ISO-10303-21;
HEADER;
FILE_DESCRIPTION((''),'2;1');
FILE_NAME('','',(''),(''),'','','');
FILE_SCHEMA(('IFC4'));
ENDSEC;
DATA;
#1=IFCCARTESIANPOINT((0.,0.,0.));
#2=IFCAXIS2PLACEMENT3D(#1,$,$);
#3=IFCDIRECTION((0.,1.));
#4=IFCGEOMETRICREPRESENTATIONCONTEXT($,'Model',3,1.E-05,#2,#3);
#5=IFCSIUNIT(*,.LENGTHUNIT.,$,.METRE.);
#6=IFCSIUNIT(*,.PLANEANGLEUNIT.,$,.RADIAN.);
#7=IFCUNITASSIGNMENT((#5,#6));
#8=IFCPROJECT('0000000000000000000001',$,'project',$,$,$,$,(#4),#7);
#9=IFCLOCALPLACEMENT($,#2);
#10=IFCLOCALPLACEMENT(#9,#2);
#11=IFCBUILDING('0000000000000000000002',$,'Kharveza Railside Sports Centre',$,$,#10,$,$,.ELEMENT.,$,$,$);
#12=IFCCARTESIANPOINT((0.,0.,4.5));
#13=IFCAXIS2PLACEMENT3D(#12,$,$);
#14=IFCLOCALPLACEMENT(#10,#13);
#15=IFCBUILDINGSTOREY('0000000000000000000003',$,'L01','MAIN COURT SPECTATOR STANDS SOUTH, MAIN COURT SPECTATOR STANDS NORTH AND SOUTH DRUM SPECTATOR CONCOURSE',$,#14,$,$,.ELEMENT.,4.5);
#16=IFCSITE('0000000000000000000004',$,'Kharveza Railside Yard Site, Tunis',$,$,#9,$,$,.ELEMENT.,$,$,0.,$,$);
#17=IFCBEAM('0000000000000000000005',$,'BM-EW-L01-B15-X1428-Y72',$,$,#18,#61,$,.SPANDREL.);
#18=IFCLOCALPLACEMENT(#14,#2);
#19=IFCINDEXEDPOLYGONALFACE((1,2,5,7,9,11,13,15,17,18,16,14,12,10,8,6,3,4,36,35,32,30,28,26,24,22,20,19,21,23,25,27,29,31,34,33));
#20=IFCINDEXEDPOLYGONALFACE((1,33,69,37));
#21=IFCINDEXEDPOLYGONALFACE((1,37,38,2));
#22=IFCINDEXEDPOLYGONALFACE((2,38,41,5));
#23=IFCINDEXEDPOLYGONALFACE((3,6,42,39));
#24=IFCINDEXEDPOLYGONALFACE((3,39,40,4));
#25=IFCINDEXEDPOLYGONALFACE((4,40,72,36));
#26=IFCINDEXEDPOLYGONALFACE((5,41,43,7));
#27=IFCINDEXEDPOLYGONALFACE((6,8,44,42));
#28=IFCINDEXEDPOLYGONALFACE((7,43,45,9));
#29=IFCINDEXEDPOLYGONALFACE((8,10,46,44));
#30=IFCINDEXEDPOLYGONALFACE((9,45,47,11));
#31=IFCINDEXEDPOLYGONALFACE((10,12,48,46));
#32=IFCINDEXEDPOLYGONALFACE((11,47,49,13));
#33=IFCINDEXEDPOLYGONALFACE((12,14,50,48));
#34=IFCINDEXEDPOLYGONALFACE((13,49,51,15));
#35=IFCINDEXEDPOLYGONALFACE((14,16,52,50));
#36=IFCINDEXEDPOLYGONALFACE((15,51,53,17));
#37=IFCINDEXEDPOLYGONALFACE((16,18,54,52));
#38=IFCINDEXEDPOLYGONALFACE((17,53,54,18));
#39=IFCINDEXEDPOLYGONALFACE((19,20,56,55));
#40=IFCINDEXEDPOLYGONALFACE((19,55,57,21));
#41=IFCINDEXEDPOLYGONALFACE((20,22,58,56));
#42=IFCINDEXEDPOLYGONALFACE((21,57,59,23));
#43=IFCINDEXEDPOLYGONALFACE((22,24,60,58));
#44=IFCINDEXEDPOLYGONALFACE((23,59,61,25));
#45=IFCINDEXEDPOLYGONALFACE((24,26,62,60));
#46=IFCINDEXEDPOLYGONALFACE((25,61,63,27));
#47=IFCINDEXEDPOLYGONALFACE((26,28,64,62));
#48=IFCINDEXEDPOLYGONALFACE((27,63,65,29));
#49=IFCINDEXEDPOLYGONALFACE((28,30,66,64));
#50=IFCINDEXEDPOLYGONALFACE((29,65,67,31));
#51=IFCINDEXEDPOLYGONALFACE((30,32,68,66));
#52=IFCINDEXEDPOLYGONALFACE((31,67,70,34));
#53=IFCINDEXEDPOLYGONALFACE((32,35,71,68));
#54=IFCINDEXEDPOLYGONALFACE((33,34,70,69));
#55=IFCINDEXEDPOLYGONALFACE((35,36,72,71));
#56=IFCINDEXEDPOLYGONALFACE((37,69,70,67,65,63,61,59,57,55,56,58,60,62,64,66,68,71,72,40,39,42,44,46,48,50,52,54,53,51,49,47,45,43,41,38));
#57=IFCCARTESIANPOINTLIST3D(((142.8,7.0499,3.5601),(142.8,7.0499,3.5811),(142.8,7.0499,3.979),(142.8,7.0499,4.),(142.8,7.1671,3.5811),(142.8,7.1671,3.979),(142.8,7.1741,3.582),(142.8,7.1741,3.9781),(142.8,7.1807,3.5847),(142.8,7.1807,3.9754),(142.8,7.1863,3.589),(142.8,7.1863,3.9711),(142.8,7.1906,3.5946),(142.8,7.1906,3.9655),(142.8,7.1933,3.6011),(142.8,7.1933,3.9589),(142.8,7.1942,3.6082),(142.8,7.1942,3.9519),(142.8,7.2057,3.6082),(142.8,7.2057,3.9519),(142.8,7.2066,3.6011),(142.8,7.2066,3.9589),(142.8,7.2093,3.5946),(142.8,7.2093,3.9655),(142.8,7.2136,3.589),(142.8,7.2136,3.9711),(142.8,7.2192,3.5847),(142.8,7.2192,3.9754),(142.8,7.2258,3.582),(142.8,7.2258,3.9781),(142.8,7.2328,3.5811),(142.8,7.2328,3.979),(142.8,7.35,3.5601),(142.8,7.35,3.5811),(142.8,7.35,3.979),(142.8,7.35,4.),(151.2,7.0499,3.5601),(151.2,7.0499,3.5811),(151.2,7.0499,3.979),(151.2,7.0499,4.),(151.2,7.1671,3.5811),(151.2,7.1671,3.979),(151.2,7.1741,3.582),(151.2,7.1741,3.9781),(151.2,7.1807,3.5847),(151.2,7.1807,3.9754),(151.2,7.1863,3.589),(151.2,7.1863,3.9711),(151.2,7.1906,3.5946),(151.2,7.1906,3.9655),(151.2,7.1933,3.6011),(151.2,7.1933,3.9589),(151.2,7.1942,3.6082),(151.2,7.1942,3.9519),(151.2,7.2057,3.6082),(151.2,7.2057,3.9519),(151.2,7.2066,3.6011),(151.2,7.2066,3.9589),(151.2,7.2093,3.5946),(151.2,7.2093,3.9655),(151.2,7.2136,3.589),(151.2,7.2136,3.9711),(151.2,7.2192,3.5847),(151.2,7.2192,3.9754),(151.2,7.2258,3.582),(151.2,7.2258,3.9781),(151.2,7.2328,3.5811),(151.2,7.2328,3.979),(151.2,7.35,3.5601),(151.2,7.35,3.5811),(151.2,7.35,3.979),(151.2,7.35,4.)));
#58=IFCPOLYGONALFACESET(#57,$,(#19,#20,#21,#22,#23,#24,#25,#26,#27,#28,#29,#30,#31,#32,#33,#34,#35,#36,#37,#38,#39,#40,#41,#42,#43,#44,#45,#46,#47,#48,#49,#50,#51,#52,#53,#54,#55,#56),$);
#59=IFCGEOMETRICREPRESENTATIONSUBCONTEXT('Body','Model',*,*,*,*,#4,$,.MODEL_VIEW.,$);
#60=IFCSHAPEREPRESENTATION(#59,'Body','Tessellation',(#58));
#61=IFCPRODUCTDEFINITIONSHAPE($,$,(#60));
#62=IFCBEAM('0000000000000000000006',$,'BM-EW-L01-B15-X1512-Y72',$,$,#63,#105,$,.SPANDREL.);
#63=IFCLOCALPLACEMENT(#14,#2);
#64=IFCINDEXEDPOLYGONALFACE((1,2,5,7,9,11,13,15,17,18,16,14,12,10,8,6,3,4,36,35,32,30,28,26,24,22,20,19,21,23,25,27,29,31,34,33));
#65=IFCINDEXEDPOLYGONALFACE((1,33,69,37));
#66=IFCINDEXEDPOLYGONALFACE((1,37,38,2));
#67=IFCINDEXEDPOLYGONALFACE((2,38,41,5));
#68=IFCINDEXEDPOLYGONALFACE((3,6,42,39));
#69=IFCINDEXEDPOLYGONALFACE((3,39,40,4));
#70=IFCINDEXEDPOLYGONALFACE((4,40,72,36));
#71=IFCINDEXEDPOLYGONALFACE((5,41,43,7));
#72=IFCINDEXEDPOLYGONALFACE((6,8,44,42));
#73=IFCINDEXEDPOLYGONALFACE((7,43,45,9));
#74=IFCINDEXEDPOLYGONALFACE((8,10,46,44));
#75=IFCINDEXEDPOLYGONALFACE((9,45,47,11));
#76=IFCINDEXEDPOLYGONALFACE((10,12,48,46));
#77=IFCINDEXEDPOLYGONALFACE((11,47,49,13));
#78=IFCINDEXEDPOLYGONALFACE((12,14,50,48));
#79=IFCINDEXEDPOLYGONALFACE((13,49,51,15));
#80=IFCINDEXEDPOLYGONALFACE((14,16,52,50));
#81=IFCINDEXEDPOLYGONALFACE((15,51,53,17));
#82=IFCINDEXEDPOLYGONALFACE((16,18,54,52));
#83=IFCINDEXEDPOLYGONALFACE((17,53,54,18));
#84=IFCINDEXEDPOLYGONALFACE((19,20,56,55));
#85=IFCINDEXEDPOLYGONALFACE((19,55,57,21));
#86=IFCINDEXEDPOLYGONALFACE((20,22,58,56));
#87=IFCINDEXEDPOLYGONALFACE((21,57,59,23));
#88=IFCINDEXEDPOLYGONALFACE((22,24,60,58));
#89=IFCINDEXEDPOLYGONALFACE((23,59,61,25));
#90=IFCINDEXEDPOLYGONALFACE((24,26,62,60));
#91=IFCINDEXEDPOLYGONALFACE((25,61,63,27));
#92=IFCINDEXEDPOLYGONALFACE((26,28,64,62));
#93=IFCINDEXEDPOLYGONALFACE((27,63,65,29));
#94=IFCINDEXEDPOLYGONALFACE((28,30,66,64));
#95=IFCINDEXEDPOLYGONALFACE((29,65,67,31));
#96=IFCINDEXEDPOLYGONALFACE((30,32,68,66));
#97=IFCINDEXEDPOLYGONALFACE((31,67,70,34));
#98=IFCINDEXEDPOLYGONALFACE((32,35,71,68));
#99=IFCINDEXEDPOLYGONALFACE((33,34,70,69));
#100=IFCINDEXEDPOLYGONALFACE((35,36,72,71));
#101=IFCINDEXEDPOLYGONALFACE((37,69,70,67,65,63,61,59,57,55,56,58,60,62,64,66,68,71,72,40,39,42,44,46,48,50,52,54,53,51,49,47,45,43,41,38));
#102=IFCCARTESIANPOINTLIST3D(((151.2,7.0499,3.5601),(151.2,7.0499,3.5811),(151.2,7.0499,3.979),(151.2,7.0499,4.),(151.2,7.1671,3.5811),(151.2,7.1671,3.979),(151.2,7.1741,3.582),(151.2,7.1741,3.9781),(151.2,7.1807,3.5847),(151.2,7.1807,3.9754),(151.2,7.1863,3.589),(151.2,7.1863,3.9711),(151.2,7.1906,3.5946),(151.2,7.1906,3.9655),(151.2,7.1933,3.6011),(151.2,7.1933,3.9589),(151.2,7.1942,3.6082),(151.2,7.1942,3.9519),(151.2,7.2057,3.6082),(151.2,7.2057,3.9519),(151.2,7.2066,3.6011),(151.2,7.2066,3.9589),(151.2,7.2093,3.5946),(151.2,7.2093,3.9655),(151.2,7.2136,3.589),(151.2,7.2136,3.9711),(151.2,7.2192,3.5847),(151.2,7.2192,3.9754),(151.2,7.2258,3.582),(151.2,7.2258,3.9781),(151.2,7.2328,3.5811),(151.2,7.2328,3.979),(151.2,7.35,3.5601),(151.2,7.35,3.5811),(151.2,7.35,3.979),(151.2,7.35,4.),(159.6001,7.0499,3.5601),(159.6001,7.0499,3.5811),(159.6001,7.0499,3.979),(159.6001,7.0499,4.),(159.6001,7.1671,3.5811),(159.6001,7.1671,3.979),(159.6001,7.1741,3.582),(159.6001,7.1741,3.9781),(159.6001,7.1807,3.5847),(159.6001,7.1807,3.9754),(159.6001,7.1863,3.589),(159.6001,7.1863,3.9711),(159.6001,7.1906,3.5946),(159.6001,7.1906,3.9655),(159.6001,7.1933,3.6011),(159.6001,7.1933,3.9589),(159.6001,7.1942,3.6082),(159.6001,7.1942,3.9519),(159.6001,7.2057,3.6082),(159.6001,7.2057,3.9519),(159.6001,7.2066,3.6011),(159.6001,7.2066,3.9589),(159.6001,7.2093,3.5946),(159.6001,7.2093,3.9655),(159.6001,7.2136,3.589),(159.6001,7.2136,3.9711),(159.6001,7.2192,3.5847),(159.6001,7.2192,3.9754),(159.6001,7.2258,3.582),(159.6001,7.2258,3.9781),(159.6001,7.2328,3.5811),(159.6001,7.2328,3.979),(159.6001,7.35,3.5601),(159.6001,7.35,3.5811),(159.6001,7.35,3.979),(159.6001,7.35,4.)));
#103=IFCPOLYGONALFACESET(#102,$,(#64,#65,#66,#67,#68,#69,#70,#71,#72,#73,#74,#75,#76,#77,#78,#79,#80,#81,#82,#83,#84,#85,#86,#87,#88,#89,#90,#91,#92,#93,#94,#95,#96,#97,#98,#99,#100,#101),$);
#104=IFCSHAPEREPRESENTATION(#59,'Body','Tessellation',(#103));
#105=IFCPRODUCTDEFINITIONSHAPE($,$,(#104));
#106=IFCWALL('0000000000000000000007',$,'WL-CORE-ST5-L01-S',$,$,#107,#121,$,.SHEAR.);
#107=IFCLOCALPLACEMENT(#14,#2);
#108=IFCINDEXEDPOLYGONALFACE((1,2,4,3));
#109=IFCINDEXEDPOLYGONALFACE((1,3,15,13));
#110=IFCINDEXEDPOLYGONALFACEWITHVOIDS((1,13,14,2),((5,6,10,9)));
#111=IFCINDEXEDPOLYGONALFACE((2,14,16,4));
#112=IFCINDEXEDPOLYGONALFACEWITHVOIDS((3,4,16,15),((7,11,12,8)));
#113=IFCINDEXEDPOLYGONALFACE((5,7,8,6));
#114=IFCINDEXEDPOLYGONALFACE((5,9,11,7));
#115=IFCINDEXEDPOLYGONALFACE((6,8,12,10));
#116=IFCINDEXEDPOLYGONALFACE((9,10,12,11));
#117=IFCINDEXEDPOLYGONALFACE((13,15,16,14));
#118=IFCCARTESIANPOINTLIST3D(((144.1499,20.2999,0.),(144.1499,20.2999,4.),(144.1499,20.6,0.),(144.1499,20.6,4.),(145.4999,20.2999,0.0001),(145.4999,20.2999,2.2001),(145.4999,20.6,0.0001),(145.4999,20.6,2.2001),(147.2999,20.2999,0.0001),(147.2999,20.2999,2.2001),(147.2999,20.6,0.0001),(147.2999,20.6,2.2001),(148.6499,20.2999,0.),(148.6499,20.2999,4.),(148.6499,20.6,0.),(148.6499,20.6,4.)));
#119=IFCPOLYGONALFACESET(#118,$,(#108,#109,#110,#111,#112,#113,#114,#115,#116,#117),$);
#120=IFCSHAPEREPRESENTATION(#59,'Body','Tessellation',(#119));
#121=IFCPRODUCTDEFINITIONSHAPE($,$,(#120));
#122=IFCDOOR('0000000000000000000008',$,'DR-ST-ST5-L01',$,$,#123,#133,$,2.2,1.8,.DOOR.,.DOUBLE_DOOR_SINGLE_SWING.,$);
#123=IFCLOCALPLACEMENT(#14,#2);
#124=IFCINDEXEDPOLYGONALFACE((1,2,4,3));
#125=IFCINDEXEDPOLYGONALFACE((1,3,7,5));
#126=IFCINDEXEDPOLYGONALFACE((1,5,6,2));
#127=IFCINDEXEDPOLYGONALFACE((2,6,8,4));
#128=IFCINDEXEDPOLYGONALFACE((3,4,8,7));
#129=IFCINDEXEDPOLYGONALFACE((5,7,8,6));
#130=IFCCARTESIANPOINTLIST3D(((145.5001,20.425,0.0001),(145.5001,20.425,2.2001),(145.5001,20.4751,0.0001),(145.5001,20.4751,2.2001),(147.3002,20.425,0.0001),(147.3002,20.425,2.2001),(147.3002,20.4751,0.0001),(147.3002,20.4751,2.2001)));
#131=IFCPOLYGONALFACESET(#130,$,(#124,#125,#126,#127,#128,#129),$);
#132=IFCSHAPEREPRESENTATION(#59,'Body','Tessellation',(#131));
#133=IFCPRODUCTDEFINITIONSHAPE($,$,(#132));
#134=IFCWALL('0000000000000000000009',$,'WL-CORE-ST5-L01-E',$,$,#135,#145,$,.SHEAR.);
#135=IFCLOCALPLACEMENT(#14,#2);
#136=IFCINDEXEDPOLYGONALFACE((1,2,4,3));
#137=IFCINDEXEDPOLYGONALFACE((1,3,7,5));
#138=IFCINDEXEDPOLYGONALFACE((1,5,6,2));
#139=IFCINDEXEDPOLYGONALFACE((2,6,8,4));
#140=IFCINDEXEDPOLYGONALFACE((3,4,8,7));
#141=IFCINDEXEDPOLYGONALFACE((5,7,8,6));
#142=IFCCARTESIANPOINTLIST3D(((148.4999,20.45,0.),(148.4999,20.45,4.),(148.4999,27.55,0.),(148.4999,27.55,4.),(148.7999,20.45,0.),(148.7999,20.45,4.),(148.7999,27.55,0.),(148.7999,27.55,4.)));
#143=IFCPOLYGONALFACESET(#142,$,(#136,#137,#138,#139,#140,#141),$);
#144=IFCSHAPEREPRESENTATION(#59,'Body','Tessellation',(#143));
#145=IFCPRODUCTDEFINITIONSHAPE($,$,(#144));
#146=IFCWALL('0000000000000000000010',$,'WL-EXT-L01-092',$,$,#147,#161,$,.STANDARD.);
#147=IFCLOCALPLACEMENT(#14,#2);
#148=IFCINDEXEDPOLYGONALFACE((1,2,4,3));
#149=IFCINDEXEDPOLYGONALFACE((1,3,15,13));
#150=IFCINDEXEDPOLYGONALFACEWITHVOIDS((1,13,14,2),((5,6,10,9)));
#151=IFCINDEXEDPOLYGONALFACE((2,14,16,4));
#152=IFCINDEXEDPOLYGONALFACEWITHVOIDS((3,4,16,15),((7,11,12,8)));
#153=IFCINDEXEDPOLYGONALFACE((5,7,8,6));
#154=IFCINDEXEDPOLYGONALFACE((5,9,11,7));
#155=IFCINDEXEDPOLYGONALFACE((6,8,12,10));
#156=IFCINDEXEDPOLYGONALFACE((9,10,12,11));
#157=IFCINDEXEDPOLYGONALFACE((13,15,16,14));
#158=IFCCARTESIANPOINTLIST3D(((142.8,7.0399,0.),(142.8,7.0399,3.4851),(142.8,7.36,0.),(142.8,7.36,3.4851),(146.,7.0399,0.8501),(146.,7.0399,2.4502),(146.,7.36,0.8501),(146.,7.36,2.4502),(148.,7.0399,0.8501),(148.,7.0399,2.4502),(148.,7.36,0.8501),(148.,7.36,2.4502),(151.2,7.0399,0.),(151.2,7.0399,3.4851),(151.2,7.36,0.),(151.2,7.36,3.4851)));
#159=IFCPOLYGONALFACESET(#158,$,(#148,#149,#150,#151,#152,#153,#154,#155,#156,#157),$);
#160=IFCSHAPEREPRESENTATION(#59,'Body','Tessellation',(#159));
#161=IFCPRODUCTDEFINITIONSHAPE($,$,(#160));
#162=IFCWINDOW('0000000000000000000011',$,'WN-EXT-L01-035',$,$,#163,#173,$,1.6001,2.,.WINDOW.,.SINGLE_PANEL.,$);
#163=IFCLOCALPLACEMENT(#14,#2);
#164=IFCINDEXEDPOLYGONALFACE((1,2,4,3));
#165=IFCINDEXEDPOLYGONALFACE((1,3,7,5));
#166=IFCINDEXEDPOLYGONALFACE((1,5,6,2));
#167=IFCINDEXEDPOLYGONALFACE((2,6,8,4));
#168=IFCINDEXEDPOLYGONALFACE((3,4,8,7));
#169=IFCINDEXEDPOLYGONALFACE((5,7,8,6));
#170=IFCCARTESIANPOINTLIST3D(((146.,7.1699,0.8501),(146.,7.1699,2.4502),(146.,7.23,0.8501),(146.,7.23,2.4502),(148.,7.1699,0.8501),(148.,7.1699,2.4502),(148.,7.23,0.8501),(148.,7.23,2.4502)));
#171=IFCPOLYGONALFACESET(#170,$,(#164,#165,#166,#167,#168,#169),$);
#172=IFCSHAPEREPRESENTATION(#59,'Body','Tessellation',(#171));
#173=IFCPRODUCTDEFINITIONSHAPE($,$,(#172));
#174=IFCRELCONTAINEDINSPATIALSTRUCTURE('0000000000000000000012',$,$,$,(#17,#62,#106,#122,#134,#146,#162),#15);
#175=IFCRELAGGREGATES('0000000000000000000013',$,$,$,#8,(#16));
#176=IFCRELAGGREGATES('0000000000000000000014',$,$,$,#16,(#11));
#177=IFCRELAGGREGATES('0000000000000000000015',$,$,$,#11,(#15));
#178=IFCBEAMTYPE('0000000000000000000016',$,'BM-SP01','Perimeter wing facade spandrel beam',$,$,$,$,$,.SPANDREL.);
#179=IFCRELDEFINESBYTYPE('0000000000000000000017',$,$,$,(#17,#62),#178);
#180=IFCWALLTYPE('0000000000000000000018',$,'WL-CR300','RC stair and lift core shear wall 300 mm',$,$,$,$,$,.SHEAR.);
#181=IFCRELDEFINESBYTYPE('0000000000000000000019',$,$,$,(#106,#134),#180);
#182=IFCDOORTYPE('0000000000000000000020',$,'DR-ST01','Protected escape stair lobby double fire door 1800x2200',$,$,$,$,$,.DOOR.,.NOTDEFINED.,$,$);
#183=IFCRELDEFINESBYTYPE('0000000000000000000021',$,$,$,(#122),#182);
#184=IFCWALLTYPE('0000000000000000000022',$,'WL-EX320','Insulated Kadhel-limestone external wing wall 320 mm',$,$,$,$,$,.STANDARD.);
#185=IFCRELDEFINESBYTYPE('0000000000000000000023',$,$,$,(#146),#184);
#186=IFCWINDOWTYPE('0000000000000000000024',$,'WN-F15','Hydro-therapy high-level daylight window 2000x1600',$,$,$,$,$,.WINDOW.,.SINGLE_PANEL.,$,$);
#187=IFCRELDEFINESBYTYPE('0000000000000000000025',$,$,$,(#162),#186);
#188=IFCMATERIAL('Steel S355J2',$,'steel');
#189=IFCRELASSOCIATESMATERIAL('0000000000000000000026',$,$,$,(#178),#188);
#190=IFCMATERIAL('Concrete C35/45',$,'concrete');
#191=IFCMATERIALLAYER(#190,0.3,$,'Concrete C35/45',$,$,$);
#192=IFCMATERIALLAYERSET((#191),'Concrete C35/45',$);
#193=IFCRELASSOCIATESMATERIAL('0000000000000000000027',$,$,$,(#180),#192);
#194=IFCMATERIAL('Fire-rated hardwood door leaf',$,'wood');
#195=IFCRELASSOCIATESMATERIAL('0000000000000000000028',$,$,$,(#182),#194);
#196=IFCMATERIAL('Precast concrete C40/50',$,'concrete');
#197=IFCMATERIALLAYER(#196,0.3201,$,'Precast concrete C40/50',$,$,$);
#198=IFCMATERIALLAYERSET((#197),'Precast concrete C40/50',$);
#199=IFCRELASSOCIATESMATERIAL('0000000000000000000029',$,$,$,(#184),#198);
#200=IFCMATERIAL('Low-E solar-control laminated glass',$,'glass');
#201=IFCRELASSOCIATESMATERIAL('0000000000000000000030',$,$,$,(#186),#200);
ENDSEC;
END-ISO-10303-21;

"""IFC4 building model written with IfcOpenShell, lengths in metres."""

from ifc_helpers import new_model, si_unit, direction, frame, frame_2d, origin, origin_2d, place, context, subcontext, project, spatial, rectangle, i_section, extrude, material, layer, layer_set, material_profile, profile_set, type_object, element, fill, save


model = new_model("IFC4")

# Units and contexts
model_context = context("Model", 3, precision=1e-05, world=origin(), true_north=direction((0.0, 1.0)))
body_context = subcontext(model_context, "Body", "Model", "MODEL_VIEW")
ifc_project = project(units=[si_unit("LENGTHUNIT", "METRE"), si_unit("PLANEANGLEUNIT", "RADIAN")], contexts=[model_context])

# Site, building, storey
site_placement = place(None, origin())
site = spatial("IfcSite", under=ifc_project, at=site_placement, Name="Kharveza Railside Yard Site, Tunis", CompositionType="ELEMENT", RefElevation=0.0)
building_placement = place(site_placement, origin())
building = spatial("IfcBuilding", under=site, at=building_placement, Name="Kharveza Railside Sports Centre", CompositionType="ELEMENT")
storey_placement = place(building_placement, frame((0.0, 0.0, 4.5)))
storey = spatial("IfcBuildingStorey", under=building, at=storey_placement, Name="L01", Description="MAIN COURT SPECTATOR STANDS SOUTH, MAIN COURT SPECTATOR STANDS NORTH AND SOUTH DRUM SPECTATOR CONCOURSE", CompositionType="ELEMENT", Elevation=4.5)

# Shared definitions
ifc_material_1 = material(Name="Steel S355J2", Category="steel")

# Beams
ifc_material_profile_1 = material_profile(ifc_material_1, i_section(OverallWidth=0.3, OverallDepth=0.4399, WebThickness=0.0115, FlangeThickness=0.021, FilletRadius=0.0271, at=origin_2d()), Name="HEA 450")
ifc_profile_set_1 = profile_set([ifc_material_profile_1], Name="Steel S355J2")
beam_type_1 = type_object("IfcBeamType", Name="BM-SP01", Description="Perimeter wing facade spandrel beam", PredefinedType="SPANDREL", material=ifc_profile_set_1)
beam_1_placement = place(storey_placement, frame((142.8, 7.2, 3.78), z_axis=(1.0, 0.0, 0.0), x_axis=(0.0, 1.0, 0.0)))
element("IfcBeam", 1, at=beam_1_placement, inside=storey, type_object=beam_type_1, Name="BM-EW-L01-B15-X1428-Y72", PredefinedType="SPANDREL", context=body_context, shape_type="SweptSolid", body=[
    extrude(i_section(OverallWidth=0.3, OverallDepth=0.4399, WebThickness=0.0115, FlangeThickness=0.021, FilletRadius=0.0271, at=origin_2d()), origin(), (0.0, 0.0, 1.0), 8.3999),
])
beam_2_placement = place(storey_placement, frame((151.2, 7.2, 3.78), z_axis=(1.0, 0.0, 0.0), x_axis=(0.0, 1.0, 0.0)))
element("IfcBeam", 2, at=beam_2_placement, inside=storey, type_object=beam_type_1, Name="BM-EW-L01-B15-X1512-Y72", PredefinedType="SPANDREL", context=body_context, shape_type="SweptSolid", body=[
    extrude(i_section(OverallWidth=0.3, OverallDepth=0.4399, WebThickness=0.0115, FlangeThickness=0.021, FilletRadius=0.0271, at=origin_2d()), origin(), (0.0, 0.0, 1.0), 8.4001),
])

# Wall, opening, door
ifc_material_2 = material(Name="Concrete C35/45", Category="concrete")
ifc_layer_1 = layer(ifc_material_2, 0.3, Name="Concrete C35/45")
ifc_layer_set_1 = layer_set([ifc_layer_1], Name="Concrete C35/45")
wall_type_1 = type_object("IfcWallType", Name="WL-CR300", Description="RC stair and lift core shear wall 300 mm", PredefinedType="SHEAR", material=ifc_layer_set_1)
wall_1_placement = place(storey_placement, frame((144.1499, 20.45, 0.0), z_axis=(0.0, 0.0, 1.0), x_axis=(1.0, 0.0, 0.0)))
wall_1 = element("IfcWall", 3, at=wall_1_placement, inside=storey, type_object=wall_type_1, Name="WL-CORE-ST5-L01-S", PredefinedType="SHEAR", context=body_context, shape_type="SweptSolid", body=[
    extrude(rectangle(XDim=4.5, YDim=0.3, at=frame_2d((2.25, 0.0))), origin(), (0.0, 0.0, 1.0), 4.0),
])
opening_1_placement = place(wall_1_placement, frame((1.3501, 0.0, 0.0)))
opening_1 = element("IfcOpeningElement", 4, at=opening_1_placement, cuts=wall_1, PredefinedType="OPENING", context=body_context, shape_type="SweptSolid", body=[
    extrude(rectangle(XDim=1.8, YDim=2.2, at=frame_2d((0.8999, 1.1001))), frame((0.0, 0.1748, 0.0), z_axis=(0.0, -1.0, 0.0), x_axis=(1.0, 0.0, 0.0)), (0.0, 0.0, 1.0), 0.3499),
])
ifc_material_3 = material(Name="Fire-rated hardwood door leaf", Category="wood")
door_type = type_object("IfcDoorType", Name="DR-ST01", Description="Protected escape stair lobby double fire door 1800x2200", OperationType="NOTDEFINED", PredefinedType="DOOR", material=ifc_material_3)
door_placement = place(opening_1_placement, frame((1.8, 0.0, 0.0), z_axis=(0.0, 0.0, 1.0), x_axis=(-1.0, 0.0, 0.0)))
door = element("IfcDoor", 5, at=door_placement, inside=storey, type_object=door_type, Name="DR-ST-ST5-L01", OperationType="DOUBLE_DOOR_SINGLE_SWING", OverallHeight=2.2, OverallWidth=1.8, PredefinedType="DOOR", context=body_context, shape_type="SweptSolid", body=[
    extrude(rectangle(XDim=1.8, YDim=2.2, at=frame_2d((0.8999, 1.1001))), frame((0.0, 0.0249, 0.0), z_axis=(0.0, -1.0, 0.0), x_axis=(1.0, 0.0, 0.0)), (0.0, 0.0, 1.0), 0.05),
])
fill(opening_1, door)

# Wall
wall_2_placement = place(storey_placement, frame((148.6499, 20.45, 0.0), z_axis=(0.0, 0.0, 1.0), x_axis=(0.0, 1.0, 0.0)))
element("IfcWall", 6, at=wall_2_placement, inside=storey, type_object=wall_type_1, Name="WL-CORE-ST5-L01-E", PredefinedType="SHEAR", context=body_context, shape_type="SweptSolid", body=[
    extrude(rectangle(XDim=7.1001, YDim=0.3, at=frame_2d((3.55, 0.0))), origin(), (0.0, 0.0, 1.0), 4.0),
])

# Wall, opening, window
ifc_material_4 = material(Name="Precast concrete C40/50", Category="concrete")
ifc_layer_2 = layer(ifc_material_4, 0.3201, Name="Precast concrete C40/50")
ifc_layer_set_2 = layer_set([ifc_layer_2], Name="Precast concrete C40/50")
wall_type_2 = type_object("IfcWallType", Name="WL-EX320", Description="Insulated Kadhel-limestone external wing wall 320 mm", PredefinedType="STANDARD", material=ifc_layer_set_2)
wall_3_placement = place(storey_placement, frame((142.8, 7.2, 0.0), z_axis=(0.0, 0.0, 1.0), x_axis=(1.0, 0.0, 0.0)))
wall_3 = element("IfcWall", 7, at=wall_3_placement, inside=storey, type_object=wall_type_2, Name="WL-EXT-L01-092", PredefinedType="STANDARD", context=body_context, shape_type="SweptSolid", body=[
    extrude(rectangle(XDim=8.3999, YDim=0.3201, at=frame_2d((4.2, 0.0))), origin(), (0.0, 0.0, 1.0), 3.4851),
])
opening_2_placement = place(wall_3_placement, frame((3.2, 0.0, 0.8501)))
opening_2 = element("IfcOpeningElement", 8, at=opening_2_placement, cuts=wall_3, PredefinedType="OPENING", context=body_context, shape_type="SweptSolid", body=[
    extrude(rectangle(XDim=2.0, YDim=1.6001, at=frame_2d((1.0, 0.8))), frame((0.0, 0.1851, 0.0), z_axis=(0.0, -1.0, 0.0), x_axis=(1.0, 0.0, 0.0)), (0.0, 0.0, 1.0), 0.3699),
])
ifc_material_5 = material(Name="Low-E solar-control laminated glass", Category="glass")
window_type_1 = type_object("IfcWindowType", Name="WN-F15", Description="Hydro-therapy high-level daylight window 2000x1600", PartitioningType="SINGLE_PANEL", PredefinedType="WINDOW", material=ifc_material_5)
window_1_placement = place(opening_2_placement, origin())
window_1 = element("IfcWindow", 9, at=window_1_placement, inside=storey, type_object=window_type_1, Name="WN-EXT-L01-035", OverallHeight=1.6001, OverallWidth=2.0, PartitioningType="SINGLE_PANEL", PredefinedType="WINDOW", context=body_context, shape_type="SweptSolid", body=[
    extrude(rectangle(XDim=2.0, YDim=1.6001, at=frame_2d((1.0, 0.8))), frame((0.0, 0.03, 0.0), z_axis=(0.0, -1.0, 0.0), x_axis=(1.0, 0.0, 0.0)), (0.0, 0.0, 1.0), 0.0601),
])
fill(opening_2, window_1)

save(model, "model.ifc")
